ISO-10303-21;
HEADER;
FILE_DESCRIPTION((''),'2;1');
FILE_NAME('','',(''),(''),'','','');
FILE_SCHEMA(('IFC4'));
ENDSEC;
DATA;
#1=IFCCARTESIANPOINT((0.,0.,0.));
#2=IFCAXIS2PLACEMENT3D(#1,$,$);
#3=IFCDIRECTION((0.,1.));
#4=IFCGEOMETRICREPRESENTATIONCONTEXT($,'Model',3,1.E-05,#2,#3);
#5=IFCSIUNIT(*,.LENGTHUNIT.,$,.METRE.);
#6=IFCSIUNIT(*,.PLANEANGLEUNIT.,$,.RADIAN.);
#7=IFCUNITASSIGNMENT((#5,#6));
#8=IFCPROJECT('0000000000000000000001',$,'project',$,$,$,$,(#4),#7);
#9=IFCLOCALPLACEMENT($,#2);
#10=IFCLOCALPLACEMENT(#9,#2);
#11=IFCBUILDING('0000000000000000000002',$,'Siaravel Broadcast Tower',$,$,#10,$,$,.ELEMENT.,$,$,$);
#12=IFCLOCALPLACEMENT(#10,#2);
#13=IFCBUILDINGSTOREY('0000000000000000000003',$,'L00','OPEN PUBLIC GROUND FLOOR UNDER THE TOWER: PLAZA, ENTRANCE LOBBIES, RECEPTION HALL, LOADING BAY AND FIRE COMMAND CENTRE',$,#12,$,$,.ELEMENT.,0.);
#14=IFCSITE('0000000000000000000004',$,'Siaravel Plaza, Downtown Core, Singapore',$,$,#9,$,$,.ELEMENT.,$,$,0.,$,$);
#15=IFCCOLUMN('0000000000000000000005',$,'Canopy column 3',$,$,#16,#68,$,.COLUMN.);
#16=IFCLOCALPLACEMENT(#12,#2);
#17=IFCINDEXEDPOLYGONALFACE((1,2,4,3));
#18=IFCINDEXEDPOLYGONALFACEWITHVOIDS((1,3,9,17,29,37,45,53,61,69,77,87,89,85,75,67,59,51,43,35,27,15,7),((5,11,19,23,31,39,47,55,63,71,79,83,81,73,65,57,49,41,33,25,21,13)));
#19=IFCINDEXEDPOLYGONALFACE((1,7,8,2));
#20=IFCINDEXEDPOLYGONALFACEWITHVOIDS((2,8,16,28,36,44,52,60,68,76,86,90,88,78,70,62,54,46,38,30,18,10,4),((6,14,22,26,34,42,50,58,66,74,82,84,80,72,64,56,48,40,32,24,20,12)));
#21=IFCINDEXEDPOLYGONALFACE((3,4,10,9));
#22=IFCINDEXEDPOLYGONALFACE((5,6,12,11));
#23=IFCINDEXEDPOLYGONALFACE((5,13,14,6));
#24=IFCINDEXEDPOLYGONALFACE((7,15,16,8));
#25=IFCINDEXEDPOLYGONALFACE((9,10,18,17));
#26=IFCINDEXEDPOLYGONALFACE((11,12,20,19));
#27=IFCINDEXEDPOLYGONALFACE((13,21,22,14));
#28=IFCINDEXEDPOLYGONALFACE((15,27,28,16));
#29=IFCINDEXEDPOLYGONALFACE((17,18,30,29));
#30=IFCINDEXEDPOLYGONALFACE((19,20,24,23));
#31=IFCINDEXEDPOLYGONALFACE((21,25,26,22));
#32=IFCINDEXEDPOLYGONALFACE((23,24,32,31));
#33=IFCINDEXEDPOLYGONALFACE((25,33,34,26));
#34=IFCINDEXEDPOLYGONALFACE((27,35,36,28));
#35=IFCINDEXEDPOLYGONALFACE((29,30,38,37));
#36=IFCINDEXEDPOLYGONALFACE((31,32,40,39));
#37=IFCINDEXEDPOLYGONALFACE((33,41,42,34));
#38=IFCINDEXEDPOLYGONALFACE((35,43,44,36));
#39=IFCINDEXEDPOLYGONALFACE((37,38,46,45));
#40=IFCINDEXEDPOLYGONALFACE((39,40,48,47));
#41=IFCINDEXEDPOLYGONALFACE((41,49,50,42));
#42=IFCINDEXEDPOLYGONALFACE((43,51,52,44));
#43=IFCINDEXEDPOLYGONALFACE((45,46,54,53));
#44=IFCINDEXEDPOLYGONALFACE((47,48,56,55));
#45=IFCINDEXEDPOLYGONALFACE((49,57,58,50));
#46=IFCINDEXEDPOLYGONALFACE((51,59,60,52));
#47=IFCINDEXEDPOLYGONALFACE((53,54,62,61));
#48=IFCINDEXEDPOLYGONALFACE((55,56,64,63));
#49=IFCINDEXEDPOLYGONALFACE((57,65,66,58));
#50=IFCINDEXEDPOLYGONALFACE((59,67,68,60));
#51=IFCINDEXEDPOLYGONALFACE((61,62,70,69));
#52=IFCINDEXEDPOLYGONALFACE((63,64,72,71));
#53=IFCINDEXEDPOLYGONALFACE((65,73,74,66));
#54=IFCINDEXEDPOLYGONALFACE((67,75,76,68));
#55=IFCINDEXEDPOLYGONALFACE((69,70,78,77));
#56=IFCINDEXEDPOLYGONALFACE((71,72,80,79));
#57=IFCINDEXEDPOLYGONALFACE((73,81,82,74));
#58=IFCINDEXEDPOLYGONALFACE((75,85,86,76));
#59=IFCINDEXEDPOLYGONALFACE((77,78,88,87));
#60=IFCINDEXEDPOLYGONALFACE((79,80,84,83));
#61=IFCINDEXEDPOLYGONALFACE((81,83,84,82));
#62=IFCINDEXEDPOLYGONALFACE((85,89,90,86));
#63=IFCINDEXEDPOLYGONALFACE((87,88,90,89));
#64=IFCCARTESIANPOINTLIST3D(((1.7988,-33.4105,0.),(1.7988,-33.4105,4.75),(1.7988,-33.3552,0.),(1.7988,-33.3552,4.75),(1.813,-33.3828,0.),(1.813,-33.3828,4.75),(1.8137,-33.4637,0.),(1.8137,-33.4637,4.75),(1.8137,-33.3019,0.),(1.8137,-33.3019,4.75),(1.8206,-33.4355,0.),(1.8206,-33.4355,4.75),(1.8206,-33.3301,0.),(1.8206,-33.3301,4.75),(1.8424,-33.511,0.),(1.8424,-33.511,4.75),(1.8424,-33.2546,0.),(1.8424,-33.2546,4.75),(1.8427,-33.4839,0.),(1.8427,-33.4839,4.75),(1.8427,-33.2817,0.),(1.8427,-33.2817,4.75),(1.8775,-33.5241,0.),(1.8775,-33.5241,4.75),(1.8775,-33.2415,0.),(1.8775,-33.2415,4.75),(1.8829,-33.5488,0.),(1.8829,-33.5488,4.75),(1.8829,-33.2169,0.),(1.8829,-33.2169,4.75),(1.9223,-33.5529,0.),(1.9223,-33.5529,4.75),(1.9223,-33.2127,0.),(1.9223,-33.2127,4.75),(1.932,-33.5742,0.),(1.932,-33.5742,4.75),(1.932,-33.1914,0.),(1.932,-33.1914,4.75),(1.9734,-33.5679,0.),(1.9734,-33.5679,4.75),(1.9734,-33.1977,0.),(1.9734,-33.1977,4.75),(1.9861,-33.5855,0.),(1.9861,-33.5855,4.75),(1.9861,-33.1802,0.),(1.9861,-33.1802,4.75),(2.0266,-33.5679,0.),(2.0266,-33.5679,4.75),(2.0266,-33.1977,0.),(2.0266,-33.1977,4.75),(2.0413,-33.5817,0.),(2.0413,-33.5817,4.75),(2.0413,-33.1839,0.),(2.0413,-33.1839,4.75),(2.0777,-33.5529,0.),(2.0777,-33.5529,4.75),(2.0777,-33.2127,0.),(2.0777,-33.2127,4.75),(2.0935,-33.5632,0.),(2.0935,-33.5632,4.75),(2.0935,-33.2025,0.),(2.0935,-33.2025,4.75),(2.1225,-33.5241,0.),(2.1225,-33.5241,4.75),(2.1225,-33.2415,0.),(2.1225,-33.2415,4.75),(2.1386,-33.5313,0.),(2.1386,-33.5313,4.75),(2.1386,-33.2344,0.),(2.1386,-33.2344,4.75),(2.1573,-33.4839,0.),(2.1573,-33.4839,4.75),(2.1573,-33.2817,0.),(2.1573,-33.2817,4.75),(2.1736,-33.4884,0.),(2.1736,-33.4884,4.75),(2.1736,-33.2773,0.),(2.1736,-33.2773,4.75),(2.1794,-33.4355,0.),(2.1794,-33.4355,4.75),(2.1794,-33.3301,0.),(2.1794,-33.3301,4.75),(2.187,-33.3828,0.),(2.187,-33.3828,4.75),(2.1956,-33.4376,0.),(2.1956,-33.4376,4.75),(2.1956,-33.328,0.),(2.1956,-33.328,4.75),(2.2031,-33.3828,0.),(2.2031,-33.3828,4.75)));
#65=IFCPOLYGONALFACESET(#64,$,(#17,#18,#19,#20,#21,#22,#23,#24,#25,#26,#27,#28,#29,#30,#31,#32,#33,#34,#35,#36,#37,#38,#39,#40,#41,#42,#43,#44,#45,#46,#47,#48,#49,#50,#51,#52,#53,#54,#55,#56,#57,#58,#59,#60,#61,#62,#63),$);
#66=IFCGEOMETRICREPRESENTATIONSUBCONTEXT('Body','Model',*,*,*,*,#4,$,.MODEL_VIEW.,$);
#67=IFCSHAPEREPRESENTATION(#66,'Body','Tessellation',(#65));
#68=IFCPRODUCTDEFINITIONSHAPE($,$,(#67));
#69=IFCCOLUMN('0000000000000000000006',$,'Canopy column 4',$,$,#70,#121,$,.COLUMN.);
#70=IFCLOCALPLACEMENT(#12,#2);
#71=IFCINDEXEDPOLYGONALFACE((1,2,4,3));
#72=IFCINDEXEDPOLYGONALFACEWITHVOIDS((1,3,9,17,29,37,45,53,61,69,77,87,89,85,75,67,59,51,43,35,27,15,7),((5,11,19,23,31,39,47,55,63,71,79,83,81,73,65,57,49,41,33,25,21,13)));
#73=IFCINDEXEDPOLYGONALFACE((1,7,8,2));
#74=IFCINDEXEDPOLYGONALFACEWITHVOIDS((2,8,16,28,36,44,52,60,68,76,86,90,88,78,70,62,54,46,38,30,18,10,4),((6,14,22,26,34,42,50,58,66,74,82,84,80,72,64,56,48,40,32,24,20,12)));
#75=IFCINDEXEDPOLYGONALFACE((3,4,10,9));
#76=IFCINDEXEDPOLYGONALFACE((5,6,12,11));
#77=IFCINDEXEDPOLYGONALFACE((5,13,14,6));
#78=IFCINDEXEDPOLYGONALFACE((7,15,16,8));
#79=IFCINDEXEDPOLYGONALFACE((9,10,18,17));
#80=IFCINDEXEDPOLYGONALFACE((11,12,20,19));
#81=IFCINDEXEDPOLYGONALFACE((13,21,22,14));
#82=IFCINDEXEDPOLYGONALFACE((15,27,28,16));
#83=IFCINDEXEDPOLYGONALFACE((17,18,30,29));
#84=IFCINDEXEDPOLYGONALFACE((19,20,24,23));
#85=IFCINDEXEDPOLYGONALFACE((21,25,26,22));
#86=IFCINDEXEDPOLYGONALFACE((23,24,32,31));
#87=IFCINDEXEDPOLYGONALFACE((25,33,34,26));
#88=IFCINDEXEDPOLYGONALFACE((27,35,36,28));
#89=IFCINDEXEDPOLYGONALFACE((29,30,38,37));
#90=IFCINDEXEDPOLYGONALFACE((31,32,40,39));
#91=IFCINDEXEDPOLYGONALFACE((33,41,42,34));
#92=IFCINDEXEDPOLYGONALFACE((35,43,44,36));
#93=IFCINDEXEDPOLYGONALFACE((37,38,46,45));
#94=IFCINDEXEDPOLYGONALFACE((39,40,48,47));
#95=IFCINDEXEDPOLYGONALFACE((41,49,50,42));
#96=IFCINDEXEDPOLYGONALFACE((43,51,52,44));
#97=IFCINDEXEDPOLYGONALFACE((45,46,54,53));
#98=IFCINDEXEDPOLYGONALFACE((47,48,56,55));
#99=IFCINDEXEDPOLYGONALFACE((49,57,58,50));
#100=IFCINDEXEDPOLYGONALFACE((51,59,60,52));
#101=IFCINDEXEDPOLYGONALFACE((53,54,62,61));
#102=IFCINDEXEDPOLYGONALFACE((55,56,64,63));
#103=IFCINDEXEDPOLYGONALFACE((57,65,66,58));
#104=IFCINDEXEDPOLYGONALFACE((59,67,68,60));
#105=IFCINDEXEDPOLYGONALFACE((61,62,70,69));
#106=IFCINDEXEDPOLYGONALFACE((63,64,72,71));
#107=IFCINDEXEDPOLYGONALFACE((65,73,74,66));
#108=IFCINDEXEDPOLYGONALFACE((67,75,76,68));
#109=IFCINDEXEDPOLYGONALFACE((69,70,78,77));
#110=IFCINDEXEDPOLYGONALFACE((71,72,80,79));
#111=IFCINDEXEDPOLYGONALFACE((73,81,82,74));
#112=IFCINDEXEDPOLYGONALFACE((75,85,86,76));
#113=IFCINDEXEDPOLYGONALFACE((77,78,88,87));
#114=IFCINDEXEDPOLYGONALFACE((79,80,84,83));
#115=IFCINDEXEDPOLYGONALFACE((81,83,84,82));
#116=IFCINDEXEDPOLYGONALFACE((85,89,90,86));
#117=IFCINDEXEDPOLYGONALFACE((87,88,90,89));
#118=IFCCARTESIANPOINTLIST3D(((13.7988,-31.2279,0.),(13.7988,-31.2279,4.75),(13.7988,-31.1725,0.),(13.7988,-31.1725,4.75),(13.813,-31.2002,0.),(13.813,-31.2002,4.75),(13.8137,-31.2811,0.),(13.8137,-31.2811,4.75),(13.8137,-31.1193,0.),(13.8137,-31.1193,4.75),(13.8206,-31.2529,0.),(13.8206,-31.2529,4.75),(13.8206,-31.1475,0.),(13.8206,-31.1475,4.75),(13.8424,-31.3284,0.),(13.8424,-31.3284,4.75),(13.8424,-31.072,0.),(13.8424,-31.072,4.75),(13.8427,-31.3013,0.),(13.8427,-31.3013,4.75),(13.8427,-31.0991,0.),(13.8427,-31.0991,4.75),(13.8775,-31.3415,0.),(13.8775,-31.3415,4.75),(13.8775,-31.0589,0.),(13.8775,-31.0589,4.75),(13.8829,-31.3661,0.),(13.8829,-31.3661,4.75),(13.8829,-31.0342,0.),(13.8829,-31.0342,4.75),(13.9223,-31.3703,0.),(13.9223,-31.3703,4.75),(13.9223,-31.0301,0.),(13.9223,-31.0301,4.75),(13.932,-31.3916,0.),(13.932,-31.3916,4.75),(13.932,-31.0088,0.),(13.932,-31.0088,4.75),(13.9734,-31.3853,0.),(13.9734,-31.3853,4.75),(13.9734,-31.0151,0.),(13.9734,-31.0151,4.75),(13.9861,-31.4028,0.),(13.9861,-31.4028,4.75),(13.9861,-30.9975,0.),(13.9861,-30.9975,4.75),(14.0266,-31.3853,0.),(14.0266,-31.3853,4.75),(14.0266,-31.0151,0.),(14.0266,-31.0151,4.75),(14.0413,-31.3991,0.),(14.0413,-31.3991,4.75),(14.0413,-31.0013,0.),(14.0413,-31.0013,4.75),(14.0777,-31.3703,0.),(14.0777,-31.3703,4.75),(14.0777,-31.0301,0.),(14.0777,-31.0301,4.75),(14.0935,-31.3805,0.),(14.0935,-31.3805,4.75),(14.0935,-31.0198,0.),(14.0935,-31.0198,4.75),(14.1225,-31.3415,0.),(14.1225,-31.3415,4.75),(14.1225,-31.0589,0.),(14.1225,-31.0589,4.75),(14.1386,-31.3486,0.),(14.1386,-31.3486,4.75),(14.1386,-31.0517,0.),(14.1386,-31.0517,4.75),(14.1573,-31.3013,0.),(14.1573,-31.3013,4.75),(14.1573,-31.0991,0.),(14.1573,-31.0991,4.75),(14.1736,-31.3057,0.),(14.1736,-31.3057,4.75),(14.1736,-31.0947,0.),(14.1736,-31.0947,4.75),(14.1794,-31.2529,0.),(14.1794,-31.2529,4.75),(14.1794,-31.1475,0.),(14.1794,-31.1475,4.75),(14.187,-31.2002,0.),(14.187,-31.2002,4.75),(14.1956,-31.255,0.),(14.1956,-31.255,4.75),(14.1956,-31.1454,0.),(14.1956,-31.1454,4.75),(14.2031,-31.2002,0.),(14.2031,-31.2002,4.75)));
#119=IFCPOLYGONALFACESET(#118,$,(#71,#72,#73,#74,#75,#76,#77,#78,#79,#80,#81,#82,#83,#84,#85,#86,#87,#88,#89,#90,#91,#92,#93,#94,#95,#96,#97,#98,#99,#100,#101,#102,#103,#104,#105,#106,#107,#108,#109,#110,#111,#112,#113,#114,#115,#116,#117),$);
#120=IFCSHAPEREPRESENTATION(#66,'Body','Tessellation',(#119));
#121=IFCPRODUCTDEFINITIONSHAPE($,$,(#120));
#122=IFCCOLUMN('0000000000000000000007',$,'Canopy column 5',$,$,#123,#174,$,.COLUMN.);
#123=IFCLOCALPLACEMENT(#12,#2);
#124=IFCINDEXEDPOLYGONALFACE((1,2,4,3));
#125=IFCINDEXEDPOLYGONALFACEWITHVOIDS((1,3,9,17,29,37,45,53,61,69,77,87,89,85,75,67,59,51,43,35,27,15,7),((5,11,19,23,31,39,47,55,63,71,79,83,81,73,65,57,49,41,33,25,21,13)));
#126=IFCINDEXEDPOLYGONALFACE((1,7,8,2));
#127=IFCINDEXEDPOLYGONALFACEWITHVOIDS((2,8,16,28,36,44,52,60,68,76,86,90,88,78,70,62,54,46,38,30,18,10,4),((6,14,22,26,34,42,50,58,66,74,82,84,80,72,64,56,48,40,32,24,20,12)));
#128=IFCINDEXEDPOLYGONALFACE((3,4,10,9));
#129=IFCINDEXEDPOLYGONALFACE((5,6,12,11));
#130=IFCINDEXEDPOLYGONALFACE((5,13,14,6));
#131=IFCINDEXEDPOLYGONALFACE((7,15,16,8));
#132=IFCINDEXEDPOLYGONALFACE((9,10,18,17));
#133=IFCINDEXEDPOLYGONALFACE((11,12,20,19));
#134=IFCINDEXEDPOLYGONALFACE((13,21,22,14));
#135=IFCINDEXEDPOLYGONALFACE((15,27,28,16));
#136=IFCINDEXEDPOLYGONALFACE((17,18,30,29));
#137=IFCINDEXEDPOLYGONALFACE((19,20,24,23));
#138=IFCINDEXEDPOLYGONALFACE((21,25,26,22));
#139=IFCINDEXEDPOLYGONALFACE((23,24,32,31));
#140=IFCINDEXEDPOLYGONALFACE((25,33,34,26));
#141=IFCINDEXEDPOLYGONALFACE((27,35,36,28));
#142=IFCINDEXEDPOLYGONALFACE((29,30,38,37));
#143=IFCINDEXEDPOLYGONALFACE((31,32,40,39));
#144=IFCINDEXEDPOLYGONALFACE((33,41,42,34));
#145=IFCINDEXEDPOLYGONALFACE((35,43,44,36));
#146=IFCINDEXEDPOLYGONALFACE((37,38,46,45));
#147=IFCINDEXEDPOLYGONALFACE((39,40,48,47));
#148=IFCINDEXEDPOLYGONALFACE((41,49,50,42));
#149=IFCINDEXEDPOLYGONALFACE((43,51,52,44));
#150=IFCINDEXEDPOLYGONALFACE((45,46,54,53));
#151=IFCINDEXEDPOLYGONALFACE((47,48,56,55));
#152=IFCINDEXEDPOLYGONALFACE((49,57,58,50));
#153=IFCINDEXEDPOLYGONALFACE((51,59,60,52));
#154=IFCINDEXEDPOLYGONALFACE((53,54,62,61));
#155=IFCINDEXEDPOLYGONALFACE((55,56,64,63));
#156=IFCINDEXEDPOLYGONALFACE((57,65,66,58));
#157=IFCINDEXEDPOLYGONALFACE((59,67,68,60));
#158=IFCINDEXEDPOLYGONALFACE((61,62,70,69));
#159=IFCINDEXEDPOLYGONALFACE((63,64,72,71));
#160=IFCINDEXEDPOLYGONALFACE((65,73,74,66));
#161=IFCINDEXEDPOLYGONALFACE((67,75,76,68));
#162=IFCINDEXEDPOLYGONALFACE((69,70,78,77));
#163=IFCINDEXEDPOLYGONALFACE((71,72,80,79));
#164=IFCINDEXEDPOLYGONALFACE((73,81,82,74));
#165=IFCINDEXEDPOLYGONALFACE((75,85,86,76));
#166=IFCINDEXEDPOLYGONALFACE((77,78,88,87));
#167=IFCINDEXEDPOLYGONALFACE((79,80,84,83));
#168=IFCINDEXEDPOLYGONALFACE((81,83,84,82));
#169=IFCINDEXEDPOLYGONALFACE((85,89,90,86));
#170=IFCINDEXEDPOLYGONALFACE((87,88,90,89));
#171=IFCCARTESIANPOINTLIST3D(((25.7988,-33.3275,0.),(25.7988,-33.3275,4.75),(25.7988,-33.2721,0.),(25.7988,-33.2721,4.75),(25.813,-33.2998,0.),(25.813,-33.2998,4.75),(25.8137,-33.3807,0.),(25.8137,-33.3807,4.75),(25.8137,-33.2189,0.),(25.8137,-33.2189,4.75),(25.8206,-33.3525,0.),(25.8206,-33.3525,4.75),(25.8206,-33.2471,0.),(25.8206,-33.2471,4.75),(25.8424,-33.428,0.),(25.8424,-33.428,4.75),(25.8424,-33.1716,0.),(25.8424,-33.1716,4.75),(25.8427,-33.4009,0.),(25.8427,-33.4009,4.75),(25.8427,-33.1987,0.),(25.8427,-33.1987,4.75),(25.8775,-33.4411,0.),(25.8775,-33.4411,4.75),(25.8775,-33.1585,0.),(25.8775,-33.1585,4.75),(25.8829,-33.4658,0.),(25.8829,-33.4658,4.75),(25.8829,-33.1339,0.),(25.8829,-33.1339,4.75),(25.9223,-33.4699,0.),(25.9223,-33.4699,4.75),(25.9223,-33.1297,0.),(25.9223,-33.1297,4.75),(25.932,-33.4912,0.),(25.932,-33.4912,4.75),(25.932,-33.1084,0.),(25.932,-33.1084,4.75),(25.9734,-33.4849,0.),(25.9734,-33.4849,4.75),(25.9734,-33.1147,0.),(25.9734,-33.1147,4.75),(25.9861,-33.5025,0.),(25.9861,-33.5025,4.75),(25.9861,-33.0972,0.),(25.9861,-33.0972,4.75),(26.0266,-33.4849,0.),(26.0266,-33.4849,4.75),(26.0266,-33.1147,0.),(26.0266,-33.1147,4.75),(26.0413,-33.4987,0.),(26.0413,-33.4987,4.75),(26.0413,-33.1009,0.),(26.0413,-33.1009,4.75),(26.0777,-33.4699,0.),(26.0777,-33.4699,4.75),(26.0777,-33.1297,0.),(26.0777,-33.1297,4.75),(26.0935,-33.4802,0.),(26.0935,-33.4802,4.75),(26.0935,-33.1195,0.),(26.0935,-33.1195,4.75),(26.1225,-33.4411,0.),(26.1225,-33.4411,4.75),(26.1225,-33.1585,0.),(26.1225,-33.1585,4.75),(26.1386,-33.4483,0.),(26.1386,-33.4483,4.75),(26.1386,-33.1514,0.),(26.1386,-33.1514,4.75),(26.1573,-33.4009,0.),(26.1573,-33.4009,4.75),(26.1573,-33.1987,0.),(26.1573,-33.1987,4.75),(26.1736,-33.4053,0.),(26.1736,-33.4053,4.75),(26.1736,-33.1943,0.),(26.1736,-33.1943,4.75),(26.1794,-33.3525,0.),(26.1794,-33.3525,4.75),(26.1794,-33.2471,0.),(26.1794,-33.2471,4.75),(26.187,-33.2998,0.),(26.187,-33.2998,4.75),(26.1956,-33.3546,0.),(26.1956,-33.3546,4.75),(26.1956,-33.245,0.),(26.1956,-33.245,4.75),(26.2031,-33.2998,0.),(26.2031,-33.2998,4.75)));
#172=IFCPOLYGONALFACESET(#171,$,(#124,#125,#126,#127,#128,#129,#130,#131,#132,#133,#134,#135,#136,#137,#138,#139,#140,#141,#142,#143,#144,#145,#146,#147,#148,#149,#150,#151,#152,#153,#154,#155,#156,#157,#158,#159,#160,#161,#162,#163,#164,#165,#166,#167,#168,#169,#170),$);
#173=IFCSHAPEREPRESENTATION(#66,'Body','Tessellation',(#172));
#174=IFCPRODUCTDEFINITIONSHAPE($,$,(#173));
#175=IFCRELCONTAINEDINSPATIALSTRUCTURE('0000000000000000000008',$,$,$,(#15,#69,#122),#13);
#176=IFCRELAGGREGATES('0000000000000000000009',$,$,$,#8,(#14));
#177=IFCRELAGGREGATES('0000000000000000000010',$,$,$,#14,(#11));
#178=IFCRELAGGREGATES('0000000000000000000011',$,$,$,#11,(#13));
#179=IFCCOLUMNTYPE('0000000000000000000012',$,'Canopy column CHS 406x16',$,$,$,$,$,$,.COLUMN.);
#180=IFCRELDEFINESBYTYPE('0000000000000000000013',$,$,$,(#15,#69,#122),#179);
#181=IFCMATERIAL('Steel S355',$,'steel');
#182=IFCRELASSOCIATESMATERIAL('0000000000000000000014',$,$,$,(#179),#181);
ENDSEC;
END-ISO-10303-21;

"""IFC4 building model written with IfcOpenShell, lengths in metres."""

from ifc_helpers import new_model, si_unit, direction, frame, origin, origin_2d, place, context, subcontext, project, spatial, hollow_circle, extrude, material, material_profile, profile_set, type_object, element, save


model = new_model("IFC4")

# Units and contexts
model_context = context("Model", 3, precision=1e-05, world=origin(), true_north=direction((0.0, 1.0)))
body_context = subcontext(model_context, "Body", "Model", "MODEL_VIEW")
ifc_project = project(units=[si_unit("LENGTHUNIT", "METRE"), si_unit("PLANEANGLEUNIT", "RADIAN")], contexts=[model_context])

# Site, building, storey
site_placement = place(None, origin())
site = spatial("IfcSite", under=ifc_project, at=site_placement, Name="Siaravel Plaza, Downtown Core, Singapore", CompositionType="ELEMENT", RefElevation=0.0)
building_placement = place(site_placement, origin())
building = spatial("IfcBuilding", under=site, at=building_placement, Name="Siaravel Broadcast Tower", CompositionType="ELEMENT")
storey_placement = place(building_placement, origin())
storey = spatial("IfcBuildingStorey", under=building, at=storey_placement, Name="L00", Description="OPEN PUBLIC GROUND FLOOR UNDER THE TOWER: PLAZA, ENTRANCE LOBBIES, RECEPTION HALL, LOADING BAY AND FIRE COMMAND CENTRE", CompositionType="ELEMENT", Elevation=0.0)

# Columns
ifc_material_1 = material(Name="Steel S355", Category="steel")
ifc_material_profile_1 = material_profile(ifc_material_1, hollow_circle(Radius=0.2031, WallThickness=0.0161, at=origin_2d()))
ifc_profile_set_1 = profile_set([ifc_material_profile_1], Name="Steel S355")
column_type_1 = type_object("IfcColumnType", Name="Canopy column CHS 406x16", PredefinedType="COLUMN", material=ifc_profile_set_1)
for number, where, z_axis, x_axis, name in (
    (1, (2.0, -33.3828, 0.0), (0.0, 0.0, 1.0), (1.0, 0.0, 0.0), "Canopy column 3"),
    (2, (14.0, -31.2002, 0.0), (0.0, 0.0, 1.0), (1.0, 0.0, 0.0), "Canopy column 4"),
    (3, (26.0, -33.2998, 0.0), (0.0, 0.0, 1.0), (1.0, 0.0, 0.0), "Canopy column 5"),
):
    element("IfcColumn", number, at=place(storey_placement, frame(where, z_axis=z_axis, x_axis=x_axis)), inside=storey, type_object=column_type_1, Name=name, PredefinedType="COLUMN", context=body_context, shape_type="SweptSolid", body=[
        extrude(hollow_circle(Radius=0.2031, WallThickness=0.0161, at=origin_2d()), origin(), (0.0, 0.0, 1.0), 4.75),
    ])

save(model, "model.ifc")
